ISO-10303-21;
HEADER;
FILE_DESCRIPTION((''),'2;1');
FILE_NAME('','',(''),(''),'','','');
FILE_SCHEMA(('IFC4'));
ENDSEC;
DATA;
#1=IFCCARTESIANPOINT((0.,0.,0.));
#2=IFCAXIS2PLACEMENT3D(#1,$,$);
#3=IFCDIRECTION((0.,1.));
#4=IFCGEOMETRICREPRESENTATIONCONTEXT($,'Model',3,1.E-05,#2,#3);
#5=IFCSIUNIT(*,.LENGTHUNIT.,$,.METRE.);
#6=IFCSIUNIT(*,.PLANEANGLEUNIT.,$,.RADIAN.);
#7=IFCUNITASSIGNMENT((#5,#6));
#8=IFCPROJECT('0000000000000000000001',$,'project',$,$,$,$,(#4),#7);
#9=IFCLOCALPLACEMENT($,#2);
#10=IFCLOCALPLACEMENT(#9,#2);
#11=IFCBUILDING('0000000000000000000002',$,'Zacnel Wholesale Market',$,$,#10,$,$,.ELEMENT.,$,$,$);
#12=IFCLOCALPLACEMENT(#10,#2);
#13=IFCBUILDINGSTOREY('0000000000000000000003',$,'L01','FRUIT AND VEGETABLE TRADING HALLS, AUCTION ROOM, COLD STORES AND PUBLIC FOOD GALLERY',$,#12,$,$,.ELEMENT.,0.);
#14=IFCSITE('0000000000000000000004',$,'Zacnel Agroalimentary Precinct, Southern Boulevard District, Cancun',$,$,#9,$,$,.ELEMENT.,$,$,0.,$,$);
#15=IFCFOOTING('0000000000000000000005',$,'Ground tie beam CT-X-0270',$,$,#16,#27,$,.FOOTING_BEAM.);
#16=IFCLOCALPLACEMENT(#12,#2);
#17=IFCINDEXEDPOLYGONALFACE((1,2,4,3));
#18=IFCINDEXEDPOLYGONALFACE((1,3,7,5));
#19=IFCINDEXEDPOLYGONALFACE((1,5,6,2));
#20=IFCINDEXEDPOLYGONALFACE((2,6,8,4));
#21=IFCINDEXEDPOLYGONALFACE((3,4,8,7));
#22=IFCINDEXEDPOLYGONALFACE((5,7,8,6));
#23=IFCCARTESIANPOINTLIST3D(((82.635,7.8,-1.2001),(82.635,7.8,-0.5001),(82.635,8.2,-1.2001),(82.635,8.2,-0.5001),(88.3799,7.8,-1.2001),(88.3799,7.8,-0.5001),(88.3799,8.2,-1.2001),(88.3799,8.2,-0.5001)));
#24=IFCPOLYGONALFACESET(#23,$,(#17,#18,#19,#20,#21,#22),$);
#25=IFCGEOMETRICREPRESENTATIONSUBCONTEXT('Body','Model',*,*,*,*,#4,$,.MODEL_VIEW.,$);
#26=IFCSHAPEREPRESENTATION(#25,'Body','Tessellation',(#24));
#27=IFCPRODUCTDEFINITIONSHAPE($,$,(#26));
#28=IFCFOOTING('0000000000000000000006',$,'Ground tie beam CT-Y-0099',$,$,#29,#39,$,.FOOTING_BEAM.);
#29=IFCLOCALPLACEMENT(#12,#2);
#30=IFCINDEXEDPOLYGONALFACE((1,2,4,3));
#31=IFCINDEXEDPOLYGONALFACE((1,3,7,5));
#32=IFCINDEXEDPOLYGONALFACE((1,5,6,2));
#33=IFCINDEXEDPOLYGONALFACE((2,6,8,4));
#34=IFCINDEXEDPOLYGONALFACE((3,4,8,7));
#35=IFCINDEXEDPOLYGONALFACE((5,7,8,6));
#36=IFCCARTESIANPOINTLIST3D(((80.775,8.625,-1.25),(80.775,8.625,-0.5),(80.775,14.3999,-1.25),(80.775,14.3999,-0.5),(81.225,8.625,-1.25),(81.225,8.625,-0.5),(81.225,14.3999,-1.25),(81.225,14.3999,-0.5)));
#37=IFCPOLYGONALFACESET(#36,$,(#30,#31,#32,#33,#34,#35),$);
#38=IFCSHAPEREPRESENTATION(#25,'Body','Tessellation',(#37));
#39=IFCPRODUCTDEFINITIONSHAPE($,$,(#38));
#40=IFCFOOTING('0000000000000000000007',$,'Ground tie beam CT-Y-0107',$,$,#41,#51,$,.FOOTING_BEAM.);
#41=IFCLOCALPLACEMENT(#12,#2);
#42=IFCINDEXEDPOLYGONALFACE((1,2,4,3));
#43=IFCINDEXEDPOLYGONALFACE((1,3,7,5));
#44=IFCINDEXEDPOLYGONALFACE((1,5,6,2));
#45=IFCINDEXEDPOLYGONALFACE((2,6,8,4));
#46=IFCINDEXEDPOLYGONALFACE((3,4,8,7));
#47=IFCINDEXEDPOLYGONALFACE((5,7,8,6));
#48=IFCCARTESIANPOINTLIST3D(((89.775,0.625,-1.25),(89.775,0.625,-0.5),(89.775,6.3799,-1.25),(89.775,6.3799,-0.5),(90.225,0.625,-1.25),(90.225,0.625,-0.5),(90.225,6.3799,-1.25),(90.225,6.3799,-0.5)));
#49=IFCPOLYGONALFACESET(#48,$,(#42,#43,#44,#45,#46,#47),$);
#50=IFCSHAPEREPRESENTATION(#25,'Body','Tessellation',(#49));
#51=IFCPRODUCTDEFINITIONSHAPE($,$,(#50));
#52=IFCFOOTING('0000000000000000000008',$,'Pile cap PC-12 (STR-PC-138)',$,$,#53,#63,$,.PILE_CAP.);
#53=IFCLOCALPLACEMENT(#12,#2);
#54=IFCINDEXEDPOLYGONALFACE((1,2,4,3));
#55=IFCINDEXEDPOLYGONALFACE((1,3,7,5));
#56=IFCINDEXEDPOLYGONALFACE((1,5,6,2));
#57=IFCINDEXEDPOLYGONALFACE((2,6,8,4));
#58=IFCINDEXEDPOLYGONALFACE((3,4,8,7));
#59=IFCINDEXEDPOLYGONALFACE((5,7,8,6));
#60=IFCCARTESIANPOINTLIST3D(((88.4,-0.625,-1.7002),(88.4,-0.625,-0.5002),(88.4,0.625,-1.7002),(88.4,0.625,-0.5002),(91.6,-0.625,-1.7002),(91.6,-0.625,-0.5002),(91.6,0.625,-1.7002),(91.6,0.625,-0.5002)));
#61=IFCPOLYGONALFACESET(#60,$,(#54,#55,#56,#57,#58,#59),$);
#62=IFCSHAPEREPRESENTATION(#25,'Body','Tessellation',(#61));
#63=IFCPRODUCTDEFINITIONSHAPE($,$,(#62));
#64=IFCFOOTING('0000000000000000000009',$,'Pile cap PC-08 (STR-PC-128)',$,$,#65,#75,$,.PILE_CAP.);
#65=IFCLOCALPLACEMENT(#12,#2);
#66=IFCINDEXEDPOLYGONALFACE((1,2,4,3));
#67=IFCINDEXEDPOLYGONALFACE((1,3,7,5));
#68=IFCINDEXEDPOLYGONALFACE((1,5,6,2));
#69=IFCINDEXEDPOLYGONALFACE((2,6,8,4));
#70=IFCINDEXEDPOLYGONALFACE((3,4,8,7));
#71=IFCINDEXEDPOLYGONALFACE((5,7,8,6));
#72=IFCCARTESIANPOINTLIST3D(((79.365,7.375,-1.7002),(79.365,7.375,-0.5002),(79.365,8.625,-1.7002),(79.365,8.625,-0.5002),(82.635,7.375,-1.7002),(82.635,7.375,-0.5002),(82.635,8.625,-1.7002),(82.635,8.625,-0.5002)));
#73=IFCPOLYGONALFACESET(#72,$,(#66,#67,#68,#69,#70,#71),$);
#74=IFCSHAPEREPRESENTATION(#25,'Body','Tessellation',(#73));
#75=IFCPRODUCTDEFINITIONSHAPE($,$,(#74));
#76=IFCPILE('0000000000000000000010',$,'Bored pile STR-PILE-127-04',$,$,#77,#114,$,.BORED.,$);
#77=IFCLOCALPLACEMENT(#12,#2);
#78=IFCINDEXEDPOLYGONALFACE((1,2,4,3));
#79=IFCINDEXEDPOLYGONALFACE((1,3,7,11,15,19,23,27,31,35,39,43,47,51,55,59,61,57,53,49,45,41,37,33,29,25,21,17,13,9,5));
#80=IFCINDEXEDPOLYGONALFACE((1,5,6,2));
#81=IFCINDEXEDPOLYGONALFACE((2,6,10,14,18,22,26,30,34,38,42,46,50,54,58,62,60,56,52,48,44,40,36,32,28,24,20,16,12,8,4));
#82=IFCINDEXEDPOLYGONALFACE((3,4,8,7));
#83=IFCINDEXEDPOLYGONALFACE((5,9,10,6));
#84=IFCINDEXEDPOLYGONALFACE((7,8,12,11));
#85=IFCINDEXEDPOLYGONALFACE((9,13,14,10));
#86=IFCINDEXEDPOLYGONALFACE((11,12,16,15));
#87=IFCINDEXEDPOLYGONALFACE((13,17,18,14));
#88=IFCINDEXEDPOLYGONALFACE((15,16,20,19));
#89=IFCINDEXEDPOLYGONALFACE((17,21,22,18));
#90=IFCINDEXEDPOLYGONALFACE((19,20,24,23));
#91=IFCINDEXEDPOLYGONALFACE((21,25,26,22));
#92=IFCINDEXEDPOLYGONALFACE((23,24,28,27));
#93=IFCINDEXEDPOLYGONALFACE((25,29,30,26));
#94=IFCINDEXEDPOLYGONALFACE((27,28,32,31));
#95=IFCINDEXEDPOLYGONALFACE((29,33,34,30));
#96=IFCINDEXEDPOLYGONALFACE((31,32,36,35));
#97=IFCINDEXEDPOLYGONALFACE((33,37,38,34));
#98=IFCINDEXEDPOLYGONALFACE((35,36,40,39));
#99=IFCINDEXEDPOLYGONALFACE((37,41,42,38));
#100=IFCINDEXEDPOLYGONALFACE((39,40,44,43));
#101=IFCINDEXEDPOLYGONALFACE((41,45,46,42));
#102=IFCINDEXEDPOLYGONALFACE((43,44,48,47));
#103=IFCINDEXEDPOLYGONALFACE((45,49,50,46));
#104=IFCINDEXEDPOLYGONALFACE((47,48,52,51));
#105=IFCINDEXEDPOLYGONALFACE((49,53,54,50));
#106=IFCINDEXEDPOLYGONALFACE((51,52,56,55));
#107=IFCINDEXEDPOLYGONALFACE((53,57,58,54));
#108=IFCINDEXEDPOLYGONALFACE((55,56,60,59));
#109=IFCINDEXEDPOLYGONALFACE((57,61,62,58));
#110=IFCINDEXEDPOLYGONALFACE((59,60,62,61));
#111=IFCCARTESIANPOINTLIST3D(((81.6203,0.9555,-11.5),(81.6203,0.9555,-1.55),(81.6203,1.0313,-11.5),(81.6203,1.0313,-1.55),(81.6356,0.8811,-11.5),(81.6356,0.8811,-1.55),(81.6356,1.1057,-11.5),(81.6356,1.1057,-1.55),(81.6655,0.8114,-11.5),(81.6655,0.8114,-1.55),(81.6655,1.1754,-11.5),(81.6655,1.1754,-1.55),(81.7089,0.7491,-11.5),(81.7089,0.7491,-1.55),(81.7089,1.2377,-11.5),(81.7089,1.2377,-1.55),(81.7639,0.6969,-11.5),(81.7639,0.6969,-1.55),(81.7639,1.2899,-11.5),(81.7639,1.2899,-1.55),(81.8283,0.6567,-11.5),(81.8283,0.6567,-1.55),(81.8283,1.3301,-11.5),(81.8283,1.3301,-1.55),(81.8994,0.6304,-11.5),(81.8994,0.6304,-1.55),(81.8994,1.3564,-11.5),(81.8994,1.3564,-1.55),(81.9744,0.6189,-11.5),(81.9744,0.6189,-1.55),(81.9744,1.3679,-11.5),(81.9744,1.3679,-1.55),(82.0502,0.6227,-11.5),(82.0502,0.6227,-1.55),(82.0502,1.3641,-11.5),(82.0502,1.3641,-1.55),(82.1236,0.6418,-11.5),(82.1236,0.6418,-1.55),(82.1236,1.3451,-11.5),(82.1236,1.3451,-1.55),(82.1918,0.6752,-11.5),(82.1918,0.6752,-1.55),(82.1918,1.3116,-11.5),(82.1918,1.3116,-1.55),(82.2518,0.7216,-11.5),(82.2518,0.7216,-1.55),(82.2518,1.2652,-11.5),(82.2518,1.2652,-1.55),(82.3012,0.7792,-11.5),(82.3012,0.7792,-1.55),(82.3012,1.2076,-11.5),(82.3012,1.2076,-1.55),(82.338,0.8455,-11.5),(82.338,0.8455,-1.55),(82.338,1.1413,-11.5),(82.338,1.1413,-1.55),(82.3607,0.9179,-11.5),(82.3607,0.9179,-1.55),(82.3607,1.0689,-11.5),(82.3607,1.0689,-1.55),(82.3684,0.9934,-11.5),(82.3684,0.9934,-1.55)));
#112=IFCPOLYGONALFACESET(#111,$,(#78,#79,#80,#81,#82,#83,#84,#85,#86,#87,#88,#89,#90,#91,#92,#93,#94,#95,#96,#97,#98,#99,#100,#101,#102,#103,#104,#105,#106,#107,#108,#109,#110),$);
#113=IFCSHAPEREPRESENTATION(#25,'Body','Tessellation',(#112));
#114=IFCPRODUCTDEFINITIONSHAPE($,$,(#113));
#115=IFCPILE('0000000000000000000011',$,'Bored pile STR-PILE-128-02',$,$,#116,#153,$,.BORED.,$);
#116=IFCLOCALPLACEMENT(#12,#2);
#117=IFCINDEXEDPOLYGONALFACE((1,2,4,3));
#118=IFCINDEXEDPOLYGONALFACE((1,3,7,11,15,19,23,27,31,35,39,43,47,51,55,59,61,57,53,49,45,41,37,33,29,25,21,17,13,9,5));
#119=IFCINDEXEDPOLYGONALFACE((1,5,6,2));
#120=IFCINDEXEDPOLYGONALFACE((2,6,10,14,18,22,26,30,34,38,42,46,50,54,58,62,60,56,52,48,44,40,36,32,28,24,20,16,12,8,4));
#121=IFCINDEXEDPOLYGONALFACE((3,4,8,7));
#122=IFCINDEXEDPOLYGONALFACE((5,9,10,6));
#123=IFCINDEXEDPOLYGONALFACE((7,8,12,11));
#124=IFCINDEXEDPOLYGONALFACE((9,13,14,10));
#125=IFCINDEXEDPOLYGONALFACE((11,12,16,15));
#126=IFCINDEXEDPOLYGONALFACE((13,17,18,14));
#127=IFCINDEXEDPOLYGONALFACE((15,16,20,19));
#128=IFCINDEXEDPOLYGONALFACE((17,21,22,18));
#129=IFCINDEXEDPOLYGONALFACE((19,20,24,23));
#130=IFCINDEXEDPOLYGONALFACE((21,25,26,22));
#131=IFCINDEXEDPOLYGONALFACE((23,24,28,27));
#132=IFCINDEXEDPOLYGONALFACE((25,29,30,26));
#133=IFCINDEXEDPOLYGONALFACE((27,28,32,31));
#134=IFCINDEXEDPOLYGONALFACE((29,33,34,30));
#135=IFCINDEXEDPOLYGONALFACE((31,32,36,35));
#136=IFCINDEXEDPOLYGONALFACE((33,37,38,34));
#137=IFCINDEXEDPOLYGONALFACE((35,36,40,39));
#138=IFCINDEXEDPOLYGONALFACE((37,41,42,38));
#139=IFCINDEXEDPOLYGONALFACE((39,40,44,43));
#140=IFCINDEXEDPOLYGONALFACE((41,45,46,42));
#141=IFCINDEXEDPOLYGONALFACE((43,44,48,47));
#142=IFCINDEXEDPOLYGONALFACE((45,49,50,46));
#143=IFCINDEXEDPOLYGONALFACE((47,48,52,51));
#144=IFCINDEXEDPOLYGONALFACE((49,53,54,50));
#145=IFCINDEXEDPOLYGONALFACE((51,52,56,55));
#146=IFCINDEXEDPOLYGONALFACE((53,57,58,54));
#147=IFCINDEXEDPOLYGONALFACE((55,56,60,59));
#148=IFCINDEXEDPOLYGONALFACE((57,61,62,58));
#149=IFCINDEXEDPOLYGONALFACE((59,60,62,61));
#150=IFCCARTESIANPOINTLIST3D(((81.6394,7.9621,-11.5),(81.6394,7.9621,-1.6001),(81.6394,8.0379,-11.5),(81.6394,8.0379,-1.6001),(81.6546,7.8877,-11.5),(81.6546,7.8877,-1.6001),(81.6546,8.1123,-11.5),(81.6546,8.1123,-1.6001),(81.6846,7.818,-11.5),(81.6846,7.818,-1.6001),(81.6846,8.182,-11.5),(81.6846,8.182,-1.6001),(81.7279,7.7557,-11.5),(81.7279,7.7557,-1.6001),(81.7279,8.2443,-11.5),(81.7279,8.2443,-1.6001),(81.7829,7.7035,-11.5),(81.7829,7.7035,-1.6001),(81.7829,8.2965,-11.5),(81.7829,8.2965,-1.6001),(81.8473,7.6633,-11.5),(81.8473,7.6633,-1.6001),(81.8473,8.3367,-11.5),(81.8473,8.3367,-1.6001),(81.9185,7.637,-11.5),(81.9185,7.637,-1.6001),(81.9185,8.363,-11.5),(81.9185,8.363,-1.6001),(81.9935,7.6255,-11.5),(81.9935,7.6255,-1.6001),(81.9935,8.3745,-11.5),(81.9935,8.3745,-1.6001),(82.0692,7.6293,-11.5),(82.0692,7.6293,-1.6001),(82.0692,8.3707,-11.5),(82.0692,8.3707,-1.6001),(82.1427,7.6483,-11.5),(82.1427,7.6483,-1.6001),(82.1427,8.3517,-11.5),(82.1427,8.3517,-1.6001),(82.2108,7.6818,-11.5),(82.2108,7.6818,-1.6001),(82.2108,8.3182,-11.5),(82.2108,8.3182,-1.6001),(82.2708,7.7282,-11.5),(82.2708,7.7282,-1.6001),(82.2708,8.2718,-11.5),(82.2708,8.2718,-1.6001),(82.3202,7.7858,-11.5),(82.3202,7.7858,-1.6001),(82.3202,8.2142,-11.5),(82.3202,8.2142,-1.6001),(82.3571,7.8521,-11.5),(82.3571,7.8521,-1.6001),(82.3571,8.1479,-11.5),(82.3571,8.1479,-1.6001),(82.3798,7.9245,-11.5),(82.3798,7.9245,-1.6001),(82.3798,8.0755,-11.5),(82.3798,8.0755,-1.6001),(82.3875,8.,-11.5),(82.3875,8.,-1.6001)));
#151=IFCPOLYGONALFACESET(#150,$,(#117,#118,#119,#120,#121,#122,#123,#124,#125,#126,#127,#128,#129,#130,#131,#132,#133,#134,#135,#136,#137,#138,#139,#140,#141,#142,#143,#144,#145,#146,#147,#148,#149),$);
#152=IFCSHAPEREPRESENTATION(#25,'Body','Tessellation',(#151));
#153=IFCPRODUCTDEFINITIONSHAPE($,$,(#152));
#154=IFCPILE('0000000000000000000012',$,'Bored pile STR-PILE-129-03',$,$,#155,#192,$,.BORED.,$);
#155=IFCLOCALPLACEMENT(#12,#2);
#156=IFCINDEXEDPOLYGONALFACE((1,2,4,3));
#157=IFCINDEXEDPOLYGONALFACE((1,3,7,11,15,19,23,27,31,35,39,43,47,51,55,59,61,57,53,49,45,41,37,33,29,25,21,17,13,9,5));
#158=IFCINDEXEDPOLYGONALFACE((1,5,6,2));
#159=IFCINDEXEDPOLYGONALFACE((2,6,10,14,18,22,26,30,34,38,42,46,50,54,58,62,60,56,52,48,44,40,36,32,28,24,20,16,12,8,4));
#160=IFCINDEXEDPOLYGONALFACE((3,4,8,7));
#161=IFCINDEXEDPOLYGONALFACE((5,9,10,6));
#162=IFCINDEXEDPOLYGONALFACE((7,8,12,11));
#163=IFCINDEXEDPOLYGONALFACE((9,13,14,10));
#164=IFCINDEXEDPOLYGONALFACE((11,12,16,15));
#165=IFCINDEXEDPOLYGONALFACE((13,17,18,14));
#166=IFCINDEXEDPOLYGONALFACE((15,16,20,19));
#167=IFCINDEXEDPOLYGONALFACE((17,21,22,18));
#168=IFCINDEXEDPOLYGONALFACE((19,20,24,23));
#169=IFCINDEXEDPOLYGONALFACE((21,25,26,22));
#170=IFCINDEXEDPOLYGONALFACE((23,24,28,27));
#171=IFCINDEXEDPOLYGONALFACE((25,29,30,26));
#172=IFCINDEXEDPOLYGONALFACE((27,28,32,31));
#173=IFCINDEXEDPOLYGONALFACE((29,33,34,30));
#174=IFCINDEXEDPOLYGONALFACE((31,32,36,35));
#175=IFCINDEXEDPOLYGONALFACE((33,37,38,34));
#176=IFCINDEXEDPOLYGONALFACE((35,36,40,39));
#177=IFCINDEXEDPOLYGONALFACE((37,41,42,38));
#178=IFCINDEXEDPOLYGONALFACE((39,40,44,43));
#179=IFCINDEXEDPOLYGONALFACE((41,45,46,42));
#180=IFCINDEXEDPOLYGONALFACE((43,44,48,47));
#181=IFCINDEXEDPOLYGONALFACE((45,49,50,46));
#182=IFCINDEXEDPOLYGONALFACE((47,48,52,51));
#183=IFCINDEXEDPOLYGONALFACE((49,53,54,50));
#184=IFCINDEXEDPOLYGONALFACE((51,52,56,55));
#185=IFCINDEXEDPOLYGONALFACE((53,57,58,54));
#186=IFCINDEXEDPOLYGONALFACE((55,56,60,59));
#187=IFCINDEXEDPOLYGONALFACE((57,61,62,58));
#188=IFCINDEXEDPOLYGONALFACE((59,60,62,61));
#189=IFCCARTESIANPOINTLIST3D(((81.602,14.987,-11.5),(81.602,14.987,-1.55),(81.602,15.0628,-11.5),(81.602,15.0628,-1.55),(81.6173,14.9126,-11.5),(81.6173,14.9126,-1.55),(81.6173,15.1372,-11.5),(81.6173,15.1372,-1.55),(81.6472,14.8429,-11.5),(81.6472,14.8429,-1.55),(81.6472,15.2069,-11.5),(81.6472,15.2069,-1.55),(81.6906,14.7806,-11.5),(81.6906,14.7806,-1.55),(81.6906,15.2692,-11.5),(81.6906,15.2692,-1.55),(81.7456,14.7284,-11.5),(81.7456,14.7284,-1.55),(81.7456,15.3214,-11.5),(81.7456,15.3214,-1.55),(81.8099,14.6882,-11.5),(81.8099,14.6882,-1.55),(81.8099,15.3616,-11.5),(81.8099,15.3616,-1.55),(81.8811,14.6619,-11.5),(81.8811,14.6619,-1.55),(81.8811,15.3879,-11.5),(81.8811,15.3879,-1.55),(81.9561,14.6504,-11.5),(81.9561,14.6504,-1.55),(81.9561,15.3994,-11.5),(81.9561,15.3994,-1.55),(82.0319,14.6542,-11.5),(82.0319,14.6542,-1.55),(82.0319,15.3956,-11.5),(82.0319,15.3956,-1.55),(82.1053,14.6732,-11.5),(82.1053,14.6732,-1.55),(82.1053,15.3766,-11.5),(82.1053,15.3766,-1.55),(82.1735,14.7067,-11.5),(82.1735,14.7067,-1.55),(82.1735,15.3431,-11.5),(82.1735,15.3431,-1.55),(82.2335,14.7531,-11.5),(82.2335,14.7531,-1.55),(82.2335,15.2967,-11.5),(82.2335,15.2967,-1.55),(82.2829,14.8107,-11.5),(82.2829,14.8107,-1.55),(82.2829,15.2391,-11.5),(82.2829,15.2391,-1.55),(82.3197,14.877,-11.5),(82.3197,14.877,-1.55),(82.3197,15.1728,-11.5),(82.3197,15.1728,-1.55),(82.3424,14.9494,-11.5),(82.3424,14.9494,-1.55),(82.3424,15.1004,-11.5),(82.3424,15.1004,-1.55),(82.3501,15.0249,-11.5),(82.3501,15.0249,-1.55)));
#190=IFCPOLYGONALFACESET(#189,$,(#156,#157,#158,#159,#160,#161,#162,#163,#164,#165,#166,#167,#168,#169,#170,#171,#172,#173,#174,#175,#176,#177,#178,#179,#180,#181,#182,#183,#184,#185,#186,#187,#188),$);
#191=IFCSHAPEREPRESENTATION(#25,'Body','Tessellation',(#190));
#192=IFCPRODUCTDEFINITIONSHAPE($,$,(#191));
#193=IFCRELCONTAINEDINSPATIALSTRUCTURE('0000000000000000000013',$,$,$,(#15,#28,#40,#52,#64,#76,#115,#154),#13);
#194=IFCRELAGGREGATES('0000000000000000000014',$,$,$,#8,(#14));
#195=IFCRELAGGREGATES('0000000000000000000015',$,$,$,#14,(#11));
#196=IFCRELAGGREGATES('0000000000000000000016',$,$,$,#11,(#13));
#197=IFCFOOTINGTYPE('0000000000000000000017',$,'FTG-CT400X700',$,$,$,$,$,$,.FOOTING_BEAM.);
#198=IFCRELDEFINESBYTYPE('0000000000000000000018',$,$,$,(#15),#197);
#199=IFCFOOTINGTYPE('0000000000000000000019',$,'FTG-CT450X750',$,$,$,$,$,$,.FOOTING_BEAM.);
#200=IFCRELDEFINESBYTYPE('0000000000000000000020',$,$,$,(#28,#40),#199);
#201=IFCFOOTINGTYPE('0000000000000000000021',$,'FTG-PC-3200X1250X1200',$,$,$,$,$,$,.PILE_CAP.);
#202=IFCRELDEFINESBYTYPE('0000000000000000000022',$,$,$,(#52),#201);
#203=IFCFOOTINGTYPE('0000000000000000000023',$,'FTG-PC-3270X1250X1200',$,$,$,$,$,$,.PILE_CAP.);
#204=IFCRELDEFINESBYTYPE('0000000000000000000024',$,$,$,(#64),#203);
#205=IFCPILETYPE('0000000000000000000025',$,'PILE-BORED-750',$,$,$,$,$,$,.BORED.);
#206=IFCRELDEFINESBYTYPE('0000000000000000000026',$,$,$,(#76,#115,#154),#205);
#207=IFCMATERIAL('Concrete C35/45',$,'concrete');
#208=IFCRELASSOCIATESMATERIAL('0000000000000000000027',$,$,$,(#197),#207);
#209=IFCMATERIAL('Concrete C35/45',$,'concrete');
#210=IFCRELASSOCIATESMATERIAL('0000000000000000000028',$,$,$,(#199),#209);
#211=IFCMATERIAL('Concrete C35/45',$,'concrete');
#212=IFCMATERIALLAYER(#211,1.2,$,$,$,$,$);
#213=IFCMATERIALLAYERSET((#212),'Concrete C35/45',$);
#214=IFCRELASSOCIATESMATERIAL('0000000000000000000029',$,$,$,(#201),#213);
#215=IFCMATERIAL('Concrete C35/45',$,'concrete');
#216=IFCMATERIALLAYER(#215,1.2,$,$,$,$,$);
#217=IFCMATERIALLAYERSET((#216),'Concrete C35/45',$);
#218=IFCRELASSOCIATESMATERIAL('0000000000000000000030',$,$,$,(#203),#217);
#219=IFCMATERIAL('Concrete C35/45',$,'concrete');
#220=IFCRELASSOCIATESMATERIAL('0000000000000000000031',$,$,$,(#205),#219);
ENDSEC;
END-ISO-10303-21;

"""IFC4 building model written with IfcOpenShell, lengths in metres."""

from ifc_helpers import new_model, si_unit, direction, frame, origin, origin_2d, place, context, subcontext, project, spatial, rectangle, circle, extrude, material, layer, layer_set, material_profile, profile_set, type_object, element, save


model = new_model("IFC4")

# Units and contexts
model_context = context("Model", 3, precision=1e-05, world=origin(), true_north=direction((0.0, 1.0)))
body_context = subcontext(model_context, "Body", "Model", "MODEL_VIEW")
ifc_project = project(units=[si_unit("LENGTHUNIT", "METRE"), si_unit("PLANEANGLEUNIT", "RADIAN")], contexts=[model_context])

# Site, building, storey
site_placement = place(None, origin())
site = spatial("IfcSite", under=ifc_project, at=site_placement, Name="Zacnel Agroalimentary Precinct, Southern Boulevard District, Cancun", CompositionType="ELEMENT", RefElevation=0.0)
building_placement = place(site_placement, origin())
building = spatial("IfcBuilding", under=site, at=building_placement, Name="Zacnel Wholesale Market", CompositionType="ELEMENT")
storey_placement = place(building_placement, origin())
storey = spatial("IfcBuildingStorey", under=building, at=storey_placement, Name="L01", Description="FRUIT AND VEGETABLE TRADING HALLS, AUCTION ROOM, COLD STORES AND PUBLIC FOOD GALLERY", CompositionType="ELEMENT", Elevation=0.0)

# Footings
ifc_material_1 = material(Name="Concrete C35/45", Category="concrete")
ifc_material_profile_1 = material_profile(ifc_material_1, rectangle(XDim=0.3999, YDim=0.7, at=origin_2d()), Name="CT 400x700")
ifc_profile_set_1 = profile_set([ifc_material_profile_1], Name="Concrete C35/45")
footing_type_1 = type_object("IfcFootingType", Name="FTG-CT400X700", PredefinedType="FOOTING_BEAM", material=ifc_profile_set_1)
footing_1_placement = place(storey_placement, frame((82.635, 8.0, -0.8501), z_axis=(1.0, 0.0, 0.0), x_axis=(0.0, 1.0, 0.0)))
element("IfcFooting", 1, at=footing_1_placement, inside=storey, type_object=footing_type_1, Name="Ground tie beam CT-X-0270", PredefinedType="FOOTING_BEAM", context=body_context, shape_type="SweptSolid", body=[
    extrude(rectangle(XDim=0.3999, YDim=0.7, at=origin_2d()), origin(), (0.0, 0.0, 1.0), 5.7449),
])
ifc_material_2 = material(Name="Concrete C35/45", Category="concrete")
ifc_material_profile_2 = material_profile(ifc_material_2, rectangle(XDim=0.45, YDim=0.75, at=origin_2d()), Name="CT 450x750")
ifc_profile_set_2 = profile_set([ifc_material_profile_2], Name="Concrete C35/45")
footing_type_2 = type_object("IfcFootingType", Name="FTG-CT450X750", PredefinedType="FOOTING_BEAM", material=ifc_profile_set_2)
footing_2_placement = place(storey_placement, frame((81.0, 8.625, -0.875), z_axis=(0.0, 1.0, 0.0), x_axis=(-1.0, 0.0, 0.0)))
element("IfcFooting", 2, at=footing_2_placement, inside=storey, type_object=footing_type_2, Name="Ground tie beam CT-Y-0099", PredefinedType="FOOTING_BEAM", context=body_context, shape_type="SweptSolid", body=[
    extrude(rectangle(XDim=0.45, YDim=0.75, at=origin_2d()), origin(), (0.0, 0.0, 1.0), 5.7749),
])
footing_3_placement = place(storey_placement, frame((90.0, 0.625, -0.875), z_axis=(0.0, 1.0, 0.0), x_axis=(-1.0, 0.0, 0.0)))
element("IfcFooting", 3, at=footing_3_placement, inside=storey, type_object=footing_type_2, Name="Ground tie beam CT-Y-0107", PredefinedType="FOOTING_BEAM", context=body_context, shape_type="SweptSolid", body=[
    extrude(rectangle(XDim=0.45, YDim=0.75, at=origin_2d()), origin(), (0.0, 0.0, 1.0), 5.7549),
])
ifc_material_3 = material(Name="Concrete C35/45", Category="concrete")
ifc_layer_1 = layer(ifc_material_3, 1.2)
ifc_layer_set_1 = layer_set([ifc_layer_1], Name="Concrete C35/45")
footing_type_3 = type_object("IfcFootingType", Name="FTG-PC-3200X1250X1200", PredefinedType="PILE_CAP", material=ifc_layer_set_1)
footing_4_placement = place(storey_placement, frame((90.0, 0.0, -1.7002), z_axis=(0.0, 0.0, 1.0), x_axis=(1.0, 0.0, 0.0)))
element("IfcFooting", 4, at=footing_4_placement, inside=storey, type_object=footing_type_3, Name="Pile cap PC-12 (STR-PC-138)", PredefinedType="PILE_CAP", context=body_context, shape_type="SweptSolid", body=[
    extrude(rectangle(XDim=3.2, YDim=1.25, at=origin_2d()), origin(), (0.0, 0.0, 1.0), 1.2),
])
ifc_material_4 = material(Name="Concrete C35/45", Category="concrete")
ifc_layer_2 = layer(ifc_material_4, 1.2)
ifc_layer_set_2 = layer_set([ifc_layer_2], Name="Concrete C35/45")
footing_type_4 = type_object("IfcFootingType", Name="FTG-PC-3270X1250X1200", PredefinedType="PILE_CAP", material=ifc_layer_set_2)
footing_5_placement = place(storey_placement, frame((81.0, 8.0, -1.7002), z_axis=(0.0, 0.0, 1.0), x_axis=(1.0, 0.0, 0.0)))
element("IfcFooting", 5, at=footing_5_placement, inside=storey, type_object=footing_type_4, Name="Pile cap PC-08 (STR-PC-128)", PredefinedType="PILE_CAP", context=body_context, shape_type="SweptSolid", body=[
    extrude(rectangle(XDim=3.27, YDim=1.25, at=origin_2d()), origin(), (0.0, 0.0, 1.0), 1.2),
])

# Piles
ifc_material_5 = material(Name="Concrete C35/45", Category="concrete")
ifc_material_profile_3 = material_profile(ifc_material_5, circle(Radius=0.375, at=origin_2d()), Name="BORED PILE D750")
ifc_profile_set_3 = profile_set([ifc_material_profile_3], Name="Concrete C35/45")
pile_type = type_object("IfcPileType", Name="PILE-BORED-750", PredefinedType="BORED", material=ifc_profile_set_3)
pile_1_placement = place(storey_placement, frame((81.9934, 0.9934, -1.55), z_axis=(0.0, 0.0, -1.0), x_axis=(1.0, 0.0, 0.0)))
element("IfcPile", 6, at=pile_1_placement, inside=storey, type_object=pile_type, Name="Bored pile STR-PILE-127-04", PredefinedType="BORED", context=body_context, shape_type="SweptSolid", body=[
    extrude(circle(Radius=0.375, at=origin_2d()), origin(), (0.0, 0.0, 1.0), 9.95),
])
pile_2_placement = place(storey_placement, frame((82.0125, 8.0, -1.6001), z_axis=(0.0, 0.0, -1.0), x_axis=(1.0, 0.0, 0.0)))
element("IfcPile", 7, at=pile_2_placement, inside=storey, type_object=pile_type, Name="Bored pile STR-PILE-128-02", PredefinedType="BORED", context=body_context, shape_type="SweptSolid", body=[
    extrude(circle(Radius=0.375, at=origin_2d()), origin(), (0.0, 0.0, 1.0), 9.8999),
])
pile_3_placement = place(storey_placement, frame((81.9751, 15.0249, -1.55), z_axis=(0.0, 0.0, -1.0), x_axis=(1.0, 0.0, 0.0)))
element("IfcPile", 8, at=pile_3_placement, inside=storey, type_object=pile_type, Name="Bored pile STR-PILE-129-03", PredefinedType="BORED", context=body_context, shape_type="SweptSolid", body=[
    extrude(circle(Radius=0.375, at=origin_2d()), origin(), (0.0, 0.0, 1.0), 9.95),
])

save(model, "model.ifc")
